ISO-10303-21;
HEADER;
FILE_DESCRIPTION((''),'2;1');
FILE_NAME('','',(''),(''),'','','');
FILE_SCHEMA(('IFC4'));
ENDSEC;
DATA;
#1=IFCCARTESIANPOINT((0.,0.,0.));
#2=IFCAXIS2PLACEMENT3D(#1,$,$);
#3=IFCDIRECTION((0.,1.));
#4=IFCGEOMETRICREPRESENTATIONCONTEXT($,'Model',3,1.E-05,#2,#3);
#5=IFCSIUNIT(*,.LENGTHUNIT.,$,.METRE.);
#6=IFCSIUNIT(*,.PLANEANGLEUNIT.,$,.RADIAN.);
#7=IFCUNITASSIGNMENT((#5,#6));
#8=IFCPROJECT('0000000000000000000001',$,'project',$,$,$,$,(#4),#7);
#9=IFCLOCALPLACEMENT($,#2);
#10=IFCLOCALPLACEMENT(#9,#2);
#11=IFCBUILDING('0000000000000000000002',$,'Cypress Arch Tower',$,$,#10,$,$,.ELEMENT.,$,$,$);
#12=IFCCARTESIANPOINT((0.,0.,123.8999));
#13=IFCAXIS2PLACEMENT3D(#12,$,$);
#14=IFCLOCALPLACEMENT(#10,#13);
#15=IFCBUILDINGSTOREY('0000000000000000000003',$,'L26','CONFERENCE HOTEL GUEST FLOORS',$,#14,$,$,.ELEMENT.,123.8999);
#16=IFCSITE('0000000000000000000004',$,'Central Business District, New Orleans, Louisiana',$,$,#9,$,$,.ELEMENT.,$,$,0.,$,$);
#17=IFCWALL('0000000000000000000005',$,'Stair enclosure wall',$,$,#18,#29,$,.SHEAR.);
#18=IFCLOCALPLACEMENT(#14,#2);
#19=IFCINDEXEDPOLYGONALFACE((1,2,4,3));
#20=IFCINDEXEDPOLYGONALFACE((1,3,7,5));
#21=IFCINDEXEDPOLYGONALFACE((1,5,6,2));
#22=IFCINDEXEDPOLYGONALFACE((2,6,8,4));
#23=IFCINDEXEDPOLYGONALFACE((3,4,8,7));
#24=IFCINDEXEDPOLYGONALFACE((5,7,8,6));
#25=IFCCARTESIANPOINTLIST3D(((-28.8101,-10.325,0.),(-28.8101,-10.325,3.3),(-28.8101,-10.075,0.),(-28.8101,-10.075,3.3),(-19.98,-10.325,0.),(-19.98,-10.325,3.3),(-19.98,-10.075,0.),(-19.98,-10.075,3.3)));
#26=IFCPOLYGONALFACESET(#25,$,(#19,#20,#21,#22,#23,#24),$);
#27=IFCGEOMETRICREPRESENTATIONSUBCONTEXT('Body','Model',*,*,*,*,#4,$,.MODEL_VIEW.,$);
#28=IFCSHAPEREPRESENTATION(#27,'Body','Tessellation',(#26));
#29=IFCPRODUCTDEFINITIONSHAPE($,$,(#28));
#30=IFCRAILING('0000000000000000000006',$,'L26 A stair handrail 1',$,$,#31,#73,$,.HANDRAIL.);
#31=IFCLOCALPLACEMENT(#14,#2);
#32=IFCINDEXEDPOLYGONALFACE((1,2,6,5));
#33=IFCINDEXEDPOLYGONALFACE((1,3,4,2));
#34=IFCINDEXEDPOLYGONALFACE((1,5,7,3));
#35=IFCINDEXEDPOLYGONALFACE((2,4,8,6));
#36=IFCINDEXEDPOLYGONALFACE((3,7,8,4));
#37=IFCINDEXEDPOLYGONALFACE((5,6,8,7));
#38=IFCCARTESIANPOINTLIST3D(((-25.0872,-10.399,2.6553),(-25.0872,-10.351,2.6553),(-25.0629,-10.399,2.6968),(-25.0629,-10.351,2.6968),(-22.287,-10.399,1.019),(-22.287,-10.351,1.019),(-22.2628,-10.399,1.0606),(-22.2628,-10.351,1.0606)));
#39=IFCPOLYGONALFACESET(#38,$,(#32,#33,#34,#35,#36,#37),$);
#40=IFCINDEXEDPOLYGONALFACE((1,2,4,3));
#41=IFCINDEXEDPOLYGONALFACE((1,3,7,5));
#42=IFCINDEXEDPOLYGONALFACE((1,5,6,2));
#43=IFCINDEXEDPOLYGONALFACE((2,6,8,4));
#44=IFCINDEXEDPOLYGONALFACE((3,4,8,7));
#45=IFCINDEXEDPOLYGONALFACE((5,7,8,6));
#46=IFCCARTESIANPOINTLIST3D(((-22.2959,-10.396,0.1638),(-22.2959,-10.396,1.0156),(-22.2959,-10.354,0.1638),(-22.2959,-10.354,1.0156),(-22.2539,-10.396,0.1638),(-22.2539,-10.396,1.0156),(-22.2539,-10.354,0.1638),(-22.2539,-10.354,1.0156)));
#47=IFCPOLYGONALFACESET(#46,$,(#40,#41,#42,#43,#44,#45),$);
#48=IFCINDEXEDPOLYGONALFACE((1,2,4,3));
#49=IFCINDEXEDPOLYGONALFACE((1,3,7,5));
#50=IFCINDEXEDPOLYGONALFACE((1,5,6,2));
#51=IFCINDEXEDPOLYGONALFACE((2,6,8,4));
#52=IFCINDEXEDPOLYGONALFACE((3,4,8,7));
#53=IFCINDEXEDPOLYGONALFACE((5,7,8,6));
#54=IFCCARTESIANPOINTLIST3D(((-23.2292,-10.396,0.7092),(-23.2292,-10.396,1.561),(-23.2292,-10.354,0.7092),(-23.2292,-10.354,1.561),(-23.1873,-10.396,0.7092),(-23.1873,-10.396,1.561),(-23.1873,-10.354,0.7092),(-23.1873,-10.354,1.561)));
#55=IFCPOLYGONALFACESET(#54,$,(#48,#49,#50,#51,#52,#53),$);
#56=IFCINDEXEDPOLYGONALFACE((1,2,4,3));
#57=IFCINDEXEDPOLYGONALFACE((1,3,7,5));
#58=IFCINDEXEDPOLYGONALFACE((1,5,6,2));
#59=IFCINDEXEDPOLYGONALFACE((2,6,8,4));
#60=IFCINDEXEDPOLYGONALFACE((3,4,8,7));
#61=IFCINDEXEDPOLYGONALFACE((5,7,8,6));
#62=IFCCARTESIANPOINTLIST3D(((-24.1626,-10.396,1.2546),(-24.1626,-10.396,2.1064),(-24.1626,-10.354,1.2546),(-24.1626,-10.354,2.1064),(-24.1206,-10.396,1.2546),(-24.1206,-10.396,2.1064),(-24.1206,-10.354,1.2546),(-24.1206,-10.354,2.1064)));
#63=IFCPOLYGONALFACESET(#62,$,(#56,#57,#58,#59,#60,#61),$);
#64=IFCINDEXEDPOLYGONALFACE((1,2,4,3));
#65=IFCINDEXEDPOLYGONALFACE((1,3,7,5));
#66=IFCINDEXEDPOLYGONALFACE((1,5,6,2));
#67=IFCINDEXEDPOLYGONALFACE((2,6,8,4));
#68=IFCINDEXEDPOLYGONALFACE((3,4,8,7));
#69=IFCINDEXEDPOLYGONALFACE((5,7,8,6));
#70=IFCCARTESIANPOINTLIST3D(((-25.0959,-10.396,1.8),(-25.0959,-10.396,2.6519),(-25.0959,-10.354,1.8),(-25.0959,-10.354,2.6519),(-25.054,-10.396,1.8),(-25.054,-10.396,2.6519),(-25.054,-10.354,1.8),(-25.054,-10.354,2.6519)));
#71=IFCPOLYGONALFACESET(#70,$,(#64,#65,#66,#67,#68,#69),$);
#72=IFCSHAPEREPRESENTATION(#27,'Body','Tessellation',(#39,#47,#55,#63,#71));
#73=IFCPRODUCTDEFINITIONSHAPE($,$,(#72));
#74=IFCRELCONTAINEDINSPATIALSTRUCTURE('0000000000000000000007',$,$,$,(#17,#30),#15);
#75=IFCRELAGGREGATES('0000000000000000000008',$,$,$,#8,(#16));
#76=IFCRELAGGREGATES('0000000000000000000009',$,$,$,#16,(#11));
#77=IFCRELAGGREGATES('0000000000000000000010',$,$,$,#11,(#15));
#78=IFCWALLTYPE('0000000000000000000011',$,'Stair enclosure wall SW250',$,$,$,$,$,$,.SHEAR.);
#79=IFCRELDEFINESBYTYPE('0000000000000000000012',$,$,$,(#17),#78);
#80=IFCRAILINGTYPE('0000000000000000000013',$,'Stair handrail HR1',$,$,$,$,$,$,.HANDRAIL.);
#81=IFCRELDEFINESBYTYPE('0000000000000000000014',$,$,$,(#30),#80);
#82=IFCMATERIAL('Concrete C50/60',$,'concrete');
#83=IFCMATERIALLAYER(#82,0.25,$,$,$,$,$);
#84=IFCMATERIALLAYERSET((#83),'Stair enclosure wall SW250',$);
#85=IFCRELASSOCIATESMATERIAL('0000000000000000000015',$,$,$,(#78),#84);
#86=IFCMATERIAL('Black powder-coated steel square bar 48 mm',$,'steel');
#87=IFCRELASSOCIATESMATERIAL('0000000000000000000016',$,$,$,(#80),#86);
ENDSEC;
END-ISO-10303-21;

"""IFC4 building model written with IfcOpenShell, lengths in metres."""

from ifc_helpers import new_model, si_unit, direction, frame, frame_2d, origin, origin_2d, place, context, subcontext, project, spatial, rectangle, extrude, material, layer, layer_set, type_object, element, save


model = new_model("IFC4")

# Units and contexts
model_context = context("Model", 3, precision=1e-05, world=origin(), true_north=direction((0.0, 1.0)))
body_context = subcontext(model_context, "Body", "Model", "MODEL_VIEW")
ifc_project = project(units=[si_unit("LENGTHUNIT", "METRE"), si_unit("PLANEANGLEUNIT", "RADIAN")], contexts=[model_context])

# Site, building, storey
site_placement = place(None, origin())
site = spatial("IfcSite", under=ifc_project, at=site_placement, Name="Central Business District, New Orleans, Louisiana", CompositionType="ELEMENT", RefElevation=0.0)
building_placement = place(site_placement, origin())
building = spatial("IfcBuilding", under=site, at=building_placement, Name="Cypress Arch Tower", CompositionType="ELEMENT")
storey_placement = place(building_placement, frame((0.0, 0.0, 123.8999)))
storey = spatial("IfcBuildingStorey", under=building, at=storey_placement, Name="L26", Description="CONFERENCE HOTEL GUEST FLOORS", CompositionType="ELEMENT", Elevation=123.8999)

# Wall
ifc_material_1 = material(Name="Concrete C50/60", Category="concrete")
ifc_layer_1 = layer(ifc_material_1, 0.25)
ifc_layer_set_1 = layer_set([ifc_layer_1], Name="Stair enclosure wall SW250")
wall_type_1 = type_object("IfcWallType", Name="Stair enclosure wall SW250", PredefinedType="SHEAR", material=ifc_layer_set_1)
wall_1_placement = place(storey_placement, frame((-28.8101, -10.2, 0.0), z_axis=(0.0, 0.0, 1.0), x_axis=(1.0, 0.0, 0.0)))
element("IfcWall", 1, at=wall_1_placement, inside=storey, type_object=wall_type_1, Name="Stair enclosure wall", PredefinedType="SHEAR", context=body_context, shape_type="SweptSolid", body=[
    extrude(rectangle(XDim=8.8301, YDim=0.25, at=frame_2d((4.415, 0.0))), origin(), (0.0, 0.0, 1.0), 3.3),
])

# Railing
ifc_material_2 = material(Name="Black powder-coated steel square bar 48 mm", Category="steel")
railing_type = type_object("IfcRailingType", Name="Stair handrail HR1", PredefinedType="HANDRAIL", material=ifc_material_2)
railing_placement = place(storey_placement, frame((-22.2749, -10.375, 0.1638)))
element("IfcRailing", 2, at=railing_placement, inside=storey, type_object=railing_type, Name="L26 A stair handrail 1", PredefinedType="HANDRAIL", context=body_context, shape_type="SweptSolid", body=[
    extrude(rectangle(XDim=0.0481, YDim=0.0481, at=origin_2d()), frame((0.0, 0.0, 0.876), z_axis=(-0.863394, 0.0, 0.504531), x_axis=(0.0, -1.0, 0.0)), (0.0, 0.0, 1.0), 3.2432),
    extrude(rectangle(XDim=0.042, YDim=0.042, at=origin_2d()), origin(), (0.0, 0.0, 1.0), 0.8518),
    extrude(rectangle(XDim=0.042, YDim=0.042, at=origin_2d()), frame((-0.9333, 0.0, 0.5454)), (0.0, 0.0, 1.0), 0.8518),
    extrude(rectangle(XDim=0.042, YDim=0.042, at=origin_2d()), frame((-1.8667, 0.0, 1.0908)), (0.0, 0.0, 1.0), 0.8518),
    extrude(rectangle(XDim=0.042, YDim=0.042, at=origin_2d()), frame((-2.8, 0.0, 1.6362)), (0.0, 0.0, 1.0), 0.8518),
])

save(model, "model.ifc")
